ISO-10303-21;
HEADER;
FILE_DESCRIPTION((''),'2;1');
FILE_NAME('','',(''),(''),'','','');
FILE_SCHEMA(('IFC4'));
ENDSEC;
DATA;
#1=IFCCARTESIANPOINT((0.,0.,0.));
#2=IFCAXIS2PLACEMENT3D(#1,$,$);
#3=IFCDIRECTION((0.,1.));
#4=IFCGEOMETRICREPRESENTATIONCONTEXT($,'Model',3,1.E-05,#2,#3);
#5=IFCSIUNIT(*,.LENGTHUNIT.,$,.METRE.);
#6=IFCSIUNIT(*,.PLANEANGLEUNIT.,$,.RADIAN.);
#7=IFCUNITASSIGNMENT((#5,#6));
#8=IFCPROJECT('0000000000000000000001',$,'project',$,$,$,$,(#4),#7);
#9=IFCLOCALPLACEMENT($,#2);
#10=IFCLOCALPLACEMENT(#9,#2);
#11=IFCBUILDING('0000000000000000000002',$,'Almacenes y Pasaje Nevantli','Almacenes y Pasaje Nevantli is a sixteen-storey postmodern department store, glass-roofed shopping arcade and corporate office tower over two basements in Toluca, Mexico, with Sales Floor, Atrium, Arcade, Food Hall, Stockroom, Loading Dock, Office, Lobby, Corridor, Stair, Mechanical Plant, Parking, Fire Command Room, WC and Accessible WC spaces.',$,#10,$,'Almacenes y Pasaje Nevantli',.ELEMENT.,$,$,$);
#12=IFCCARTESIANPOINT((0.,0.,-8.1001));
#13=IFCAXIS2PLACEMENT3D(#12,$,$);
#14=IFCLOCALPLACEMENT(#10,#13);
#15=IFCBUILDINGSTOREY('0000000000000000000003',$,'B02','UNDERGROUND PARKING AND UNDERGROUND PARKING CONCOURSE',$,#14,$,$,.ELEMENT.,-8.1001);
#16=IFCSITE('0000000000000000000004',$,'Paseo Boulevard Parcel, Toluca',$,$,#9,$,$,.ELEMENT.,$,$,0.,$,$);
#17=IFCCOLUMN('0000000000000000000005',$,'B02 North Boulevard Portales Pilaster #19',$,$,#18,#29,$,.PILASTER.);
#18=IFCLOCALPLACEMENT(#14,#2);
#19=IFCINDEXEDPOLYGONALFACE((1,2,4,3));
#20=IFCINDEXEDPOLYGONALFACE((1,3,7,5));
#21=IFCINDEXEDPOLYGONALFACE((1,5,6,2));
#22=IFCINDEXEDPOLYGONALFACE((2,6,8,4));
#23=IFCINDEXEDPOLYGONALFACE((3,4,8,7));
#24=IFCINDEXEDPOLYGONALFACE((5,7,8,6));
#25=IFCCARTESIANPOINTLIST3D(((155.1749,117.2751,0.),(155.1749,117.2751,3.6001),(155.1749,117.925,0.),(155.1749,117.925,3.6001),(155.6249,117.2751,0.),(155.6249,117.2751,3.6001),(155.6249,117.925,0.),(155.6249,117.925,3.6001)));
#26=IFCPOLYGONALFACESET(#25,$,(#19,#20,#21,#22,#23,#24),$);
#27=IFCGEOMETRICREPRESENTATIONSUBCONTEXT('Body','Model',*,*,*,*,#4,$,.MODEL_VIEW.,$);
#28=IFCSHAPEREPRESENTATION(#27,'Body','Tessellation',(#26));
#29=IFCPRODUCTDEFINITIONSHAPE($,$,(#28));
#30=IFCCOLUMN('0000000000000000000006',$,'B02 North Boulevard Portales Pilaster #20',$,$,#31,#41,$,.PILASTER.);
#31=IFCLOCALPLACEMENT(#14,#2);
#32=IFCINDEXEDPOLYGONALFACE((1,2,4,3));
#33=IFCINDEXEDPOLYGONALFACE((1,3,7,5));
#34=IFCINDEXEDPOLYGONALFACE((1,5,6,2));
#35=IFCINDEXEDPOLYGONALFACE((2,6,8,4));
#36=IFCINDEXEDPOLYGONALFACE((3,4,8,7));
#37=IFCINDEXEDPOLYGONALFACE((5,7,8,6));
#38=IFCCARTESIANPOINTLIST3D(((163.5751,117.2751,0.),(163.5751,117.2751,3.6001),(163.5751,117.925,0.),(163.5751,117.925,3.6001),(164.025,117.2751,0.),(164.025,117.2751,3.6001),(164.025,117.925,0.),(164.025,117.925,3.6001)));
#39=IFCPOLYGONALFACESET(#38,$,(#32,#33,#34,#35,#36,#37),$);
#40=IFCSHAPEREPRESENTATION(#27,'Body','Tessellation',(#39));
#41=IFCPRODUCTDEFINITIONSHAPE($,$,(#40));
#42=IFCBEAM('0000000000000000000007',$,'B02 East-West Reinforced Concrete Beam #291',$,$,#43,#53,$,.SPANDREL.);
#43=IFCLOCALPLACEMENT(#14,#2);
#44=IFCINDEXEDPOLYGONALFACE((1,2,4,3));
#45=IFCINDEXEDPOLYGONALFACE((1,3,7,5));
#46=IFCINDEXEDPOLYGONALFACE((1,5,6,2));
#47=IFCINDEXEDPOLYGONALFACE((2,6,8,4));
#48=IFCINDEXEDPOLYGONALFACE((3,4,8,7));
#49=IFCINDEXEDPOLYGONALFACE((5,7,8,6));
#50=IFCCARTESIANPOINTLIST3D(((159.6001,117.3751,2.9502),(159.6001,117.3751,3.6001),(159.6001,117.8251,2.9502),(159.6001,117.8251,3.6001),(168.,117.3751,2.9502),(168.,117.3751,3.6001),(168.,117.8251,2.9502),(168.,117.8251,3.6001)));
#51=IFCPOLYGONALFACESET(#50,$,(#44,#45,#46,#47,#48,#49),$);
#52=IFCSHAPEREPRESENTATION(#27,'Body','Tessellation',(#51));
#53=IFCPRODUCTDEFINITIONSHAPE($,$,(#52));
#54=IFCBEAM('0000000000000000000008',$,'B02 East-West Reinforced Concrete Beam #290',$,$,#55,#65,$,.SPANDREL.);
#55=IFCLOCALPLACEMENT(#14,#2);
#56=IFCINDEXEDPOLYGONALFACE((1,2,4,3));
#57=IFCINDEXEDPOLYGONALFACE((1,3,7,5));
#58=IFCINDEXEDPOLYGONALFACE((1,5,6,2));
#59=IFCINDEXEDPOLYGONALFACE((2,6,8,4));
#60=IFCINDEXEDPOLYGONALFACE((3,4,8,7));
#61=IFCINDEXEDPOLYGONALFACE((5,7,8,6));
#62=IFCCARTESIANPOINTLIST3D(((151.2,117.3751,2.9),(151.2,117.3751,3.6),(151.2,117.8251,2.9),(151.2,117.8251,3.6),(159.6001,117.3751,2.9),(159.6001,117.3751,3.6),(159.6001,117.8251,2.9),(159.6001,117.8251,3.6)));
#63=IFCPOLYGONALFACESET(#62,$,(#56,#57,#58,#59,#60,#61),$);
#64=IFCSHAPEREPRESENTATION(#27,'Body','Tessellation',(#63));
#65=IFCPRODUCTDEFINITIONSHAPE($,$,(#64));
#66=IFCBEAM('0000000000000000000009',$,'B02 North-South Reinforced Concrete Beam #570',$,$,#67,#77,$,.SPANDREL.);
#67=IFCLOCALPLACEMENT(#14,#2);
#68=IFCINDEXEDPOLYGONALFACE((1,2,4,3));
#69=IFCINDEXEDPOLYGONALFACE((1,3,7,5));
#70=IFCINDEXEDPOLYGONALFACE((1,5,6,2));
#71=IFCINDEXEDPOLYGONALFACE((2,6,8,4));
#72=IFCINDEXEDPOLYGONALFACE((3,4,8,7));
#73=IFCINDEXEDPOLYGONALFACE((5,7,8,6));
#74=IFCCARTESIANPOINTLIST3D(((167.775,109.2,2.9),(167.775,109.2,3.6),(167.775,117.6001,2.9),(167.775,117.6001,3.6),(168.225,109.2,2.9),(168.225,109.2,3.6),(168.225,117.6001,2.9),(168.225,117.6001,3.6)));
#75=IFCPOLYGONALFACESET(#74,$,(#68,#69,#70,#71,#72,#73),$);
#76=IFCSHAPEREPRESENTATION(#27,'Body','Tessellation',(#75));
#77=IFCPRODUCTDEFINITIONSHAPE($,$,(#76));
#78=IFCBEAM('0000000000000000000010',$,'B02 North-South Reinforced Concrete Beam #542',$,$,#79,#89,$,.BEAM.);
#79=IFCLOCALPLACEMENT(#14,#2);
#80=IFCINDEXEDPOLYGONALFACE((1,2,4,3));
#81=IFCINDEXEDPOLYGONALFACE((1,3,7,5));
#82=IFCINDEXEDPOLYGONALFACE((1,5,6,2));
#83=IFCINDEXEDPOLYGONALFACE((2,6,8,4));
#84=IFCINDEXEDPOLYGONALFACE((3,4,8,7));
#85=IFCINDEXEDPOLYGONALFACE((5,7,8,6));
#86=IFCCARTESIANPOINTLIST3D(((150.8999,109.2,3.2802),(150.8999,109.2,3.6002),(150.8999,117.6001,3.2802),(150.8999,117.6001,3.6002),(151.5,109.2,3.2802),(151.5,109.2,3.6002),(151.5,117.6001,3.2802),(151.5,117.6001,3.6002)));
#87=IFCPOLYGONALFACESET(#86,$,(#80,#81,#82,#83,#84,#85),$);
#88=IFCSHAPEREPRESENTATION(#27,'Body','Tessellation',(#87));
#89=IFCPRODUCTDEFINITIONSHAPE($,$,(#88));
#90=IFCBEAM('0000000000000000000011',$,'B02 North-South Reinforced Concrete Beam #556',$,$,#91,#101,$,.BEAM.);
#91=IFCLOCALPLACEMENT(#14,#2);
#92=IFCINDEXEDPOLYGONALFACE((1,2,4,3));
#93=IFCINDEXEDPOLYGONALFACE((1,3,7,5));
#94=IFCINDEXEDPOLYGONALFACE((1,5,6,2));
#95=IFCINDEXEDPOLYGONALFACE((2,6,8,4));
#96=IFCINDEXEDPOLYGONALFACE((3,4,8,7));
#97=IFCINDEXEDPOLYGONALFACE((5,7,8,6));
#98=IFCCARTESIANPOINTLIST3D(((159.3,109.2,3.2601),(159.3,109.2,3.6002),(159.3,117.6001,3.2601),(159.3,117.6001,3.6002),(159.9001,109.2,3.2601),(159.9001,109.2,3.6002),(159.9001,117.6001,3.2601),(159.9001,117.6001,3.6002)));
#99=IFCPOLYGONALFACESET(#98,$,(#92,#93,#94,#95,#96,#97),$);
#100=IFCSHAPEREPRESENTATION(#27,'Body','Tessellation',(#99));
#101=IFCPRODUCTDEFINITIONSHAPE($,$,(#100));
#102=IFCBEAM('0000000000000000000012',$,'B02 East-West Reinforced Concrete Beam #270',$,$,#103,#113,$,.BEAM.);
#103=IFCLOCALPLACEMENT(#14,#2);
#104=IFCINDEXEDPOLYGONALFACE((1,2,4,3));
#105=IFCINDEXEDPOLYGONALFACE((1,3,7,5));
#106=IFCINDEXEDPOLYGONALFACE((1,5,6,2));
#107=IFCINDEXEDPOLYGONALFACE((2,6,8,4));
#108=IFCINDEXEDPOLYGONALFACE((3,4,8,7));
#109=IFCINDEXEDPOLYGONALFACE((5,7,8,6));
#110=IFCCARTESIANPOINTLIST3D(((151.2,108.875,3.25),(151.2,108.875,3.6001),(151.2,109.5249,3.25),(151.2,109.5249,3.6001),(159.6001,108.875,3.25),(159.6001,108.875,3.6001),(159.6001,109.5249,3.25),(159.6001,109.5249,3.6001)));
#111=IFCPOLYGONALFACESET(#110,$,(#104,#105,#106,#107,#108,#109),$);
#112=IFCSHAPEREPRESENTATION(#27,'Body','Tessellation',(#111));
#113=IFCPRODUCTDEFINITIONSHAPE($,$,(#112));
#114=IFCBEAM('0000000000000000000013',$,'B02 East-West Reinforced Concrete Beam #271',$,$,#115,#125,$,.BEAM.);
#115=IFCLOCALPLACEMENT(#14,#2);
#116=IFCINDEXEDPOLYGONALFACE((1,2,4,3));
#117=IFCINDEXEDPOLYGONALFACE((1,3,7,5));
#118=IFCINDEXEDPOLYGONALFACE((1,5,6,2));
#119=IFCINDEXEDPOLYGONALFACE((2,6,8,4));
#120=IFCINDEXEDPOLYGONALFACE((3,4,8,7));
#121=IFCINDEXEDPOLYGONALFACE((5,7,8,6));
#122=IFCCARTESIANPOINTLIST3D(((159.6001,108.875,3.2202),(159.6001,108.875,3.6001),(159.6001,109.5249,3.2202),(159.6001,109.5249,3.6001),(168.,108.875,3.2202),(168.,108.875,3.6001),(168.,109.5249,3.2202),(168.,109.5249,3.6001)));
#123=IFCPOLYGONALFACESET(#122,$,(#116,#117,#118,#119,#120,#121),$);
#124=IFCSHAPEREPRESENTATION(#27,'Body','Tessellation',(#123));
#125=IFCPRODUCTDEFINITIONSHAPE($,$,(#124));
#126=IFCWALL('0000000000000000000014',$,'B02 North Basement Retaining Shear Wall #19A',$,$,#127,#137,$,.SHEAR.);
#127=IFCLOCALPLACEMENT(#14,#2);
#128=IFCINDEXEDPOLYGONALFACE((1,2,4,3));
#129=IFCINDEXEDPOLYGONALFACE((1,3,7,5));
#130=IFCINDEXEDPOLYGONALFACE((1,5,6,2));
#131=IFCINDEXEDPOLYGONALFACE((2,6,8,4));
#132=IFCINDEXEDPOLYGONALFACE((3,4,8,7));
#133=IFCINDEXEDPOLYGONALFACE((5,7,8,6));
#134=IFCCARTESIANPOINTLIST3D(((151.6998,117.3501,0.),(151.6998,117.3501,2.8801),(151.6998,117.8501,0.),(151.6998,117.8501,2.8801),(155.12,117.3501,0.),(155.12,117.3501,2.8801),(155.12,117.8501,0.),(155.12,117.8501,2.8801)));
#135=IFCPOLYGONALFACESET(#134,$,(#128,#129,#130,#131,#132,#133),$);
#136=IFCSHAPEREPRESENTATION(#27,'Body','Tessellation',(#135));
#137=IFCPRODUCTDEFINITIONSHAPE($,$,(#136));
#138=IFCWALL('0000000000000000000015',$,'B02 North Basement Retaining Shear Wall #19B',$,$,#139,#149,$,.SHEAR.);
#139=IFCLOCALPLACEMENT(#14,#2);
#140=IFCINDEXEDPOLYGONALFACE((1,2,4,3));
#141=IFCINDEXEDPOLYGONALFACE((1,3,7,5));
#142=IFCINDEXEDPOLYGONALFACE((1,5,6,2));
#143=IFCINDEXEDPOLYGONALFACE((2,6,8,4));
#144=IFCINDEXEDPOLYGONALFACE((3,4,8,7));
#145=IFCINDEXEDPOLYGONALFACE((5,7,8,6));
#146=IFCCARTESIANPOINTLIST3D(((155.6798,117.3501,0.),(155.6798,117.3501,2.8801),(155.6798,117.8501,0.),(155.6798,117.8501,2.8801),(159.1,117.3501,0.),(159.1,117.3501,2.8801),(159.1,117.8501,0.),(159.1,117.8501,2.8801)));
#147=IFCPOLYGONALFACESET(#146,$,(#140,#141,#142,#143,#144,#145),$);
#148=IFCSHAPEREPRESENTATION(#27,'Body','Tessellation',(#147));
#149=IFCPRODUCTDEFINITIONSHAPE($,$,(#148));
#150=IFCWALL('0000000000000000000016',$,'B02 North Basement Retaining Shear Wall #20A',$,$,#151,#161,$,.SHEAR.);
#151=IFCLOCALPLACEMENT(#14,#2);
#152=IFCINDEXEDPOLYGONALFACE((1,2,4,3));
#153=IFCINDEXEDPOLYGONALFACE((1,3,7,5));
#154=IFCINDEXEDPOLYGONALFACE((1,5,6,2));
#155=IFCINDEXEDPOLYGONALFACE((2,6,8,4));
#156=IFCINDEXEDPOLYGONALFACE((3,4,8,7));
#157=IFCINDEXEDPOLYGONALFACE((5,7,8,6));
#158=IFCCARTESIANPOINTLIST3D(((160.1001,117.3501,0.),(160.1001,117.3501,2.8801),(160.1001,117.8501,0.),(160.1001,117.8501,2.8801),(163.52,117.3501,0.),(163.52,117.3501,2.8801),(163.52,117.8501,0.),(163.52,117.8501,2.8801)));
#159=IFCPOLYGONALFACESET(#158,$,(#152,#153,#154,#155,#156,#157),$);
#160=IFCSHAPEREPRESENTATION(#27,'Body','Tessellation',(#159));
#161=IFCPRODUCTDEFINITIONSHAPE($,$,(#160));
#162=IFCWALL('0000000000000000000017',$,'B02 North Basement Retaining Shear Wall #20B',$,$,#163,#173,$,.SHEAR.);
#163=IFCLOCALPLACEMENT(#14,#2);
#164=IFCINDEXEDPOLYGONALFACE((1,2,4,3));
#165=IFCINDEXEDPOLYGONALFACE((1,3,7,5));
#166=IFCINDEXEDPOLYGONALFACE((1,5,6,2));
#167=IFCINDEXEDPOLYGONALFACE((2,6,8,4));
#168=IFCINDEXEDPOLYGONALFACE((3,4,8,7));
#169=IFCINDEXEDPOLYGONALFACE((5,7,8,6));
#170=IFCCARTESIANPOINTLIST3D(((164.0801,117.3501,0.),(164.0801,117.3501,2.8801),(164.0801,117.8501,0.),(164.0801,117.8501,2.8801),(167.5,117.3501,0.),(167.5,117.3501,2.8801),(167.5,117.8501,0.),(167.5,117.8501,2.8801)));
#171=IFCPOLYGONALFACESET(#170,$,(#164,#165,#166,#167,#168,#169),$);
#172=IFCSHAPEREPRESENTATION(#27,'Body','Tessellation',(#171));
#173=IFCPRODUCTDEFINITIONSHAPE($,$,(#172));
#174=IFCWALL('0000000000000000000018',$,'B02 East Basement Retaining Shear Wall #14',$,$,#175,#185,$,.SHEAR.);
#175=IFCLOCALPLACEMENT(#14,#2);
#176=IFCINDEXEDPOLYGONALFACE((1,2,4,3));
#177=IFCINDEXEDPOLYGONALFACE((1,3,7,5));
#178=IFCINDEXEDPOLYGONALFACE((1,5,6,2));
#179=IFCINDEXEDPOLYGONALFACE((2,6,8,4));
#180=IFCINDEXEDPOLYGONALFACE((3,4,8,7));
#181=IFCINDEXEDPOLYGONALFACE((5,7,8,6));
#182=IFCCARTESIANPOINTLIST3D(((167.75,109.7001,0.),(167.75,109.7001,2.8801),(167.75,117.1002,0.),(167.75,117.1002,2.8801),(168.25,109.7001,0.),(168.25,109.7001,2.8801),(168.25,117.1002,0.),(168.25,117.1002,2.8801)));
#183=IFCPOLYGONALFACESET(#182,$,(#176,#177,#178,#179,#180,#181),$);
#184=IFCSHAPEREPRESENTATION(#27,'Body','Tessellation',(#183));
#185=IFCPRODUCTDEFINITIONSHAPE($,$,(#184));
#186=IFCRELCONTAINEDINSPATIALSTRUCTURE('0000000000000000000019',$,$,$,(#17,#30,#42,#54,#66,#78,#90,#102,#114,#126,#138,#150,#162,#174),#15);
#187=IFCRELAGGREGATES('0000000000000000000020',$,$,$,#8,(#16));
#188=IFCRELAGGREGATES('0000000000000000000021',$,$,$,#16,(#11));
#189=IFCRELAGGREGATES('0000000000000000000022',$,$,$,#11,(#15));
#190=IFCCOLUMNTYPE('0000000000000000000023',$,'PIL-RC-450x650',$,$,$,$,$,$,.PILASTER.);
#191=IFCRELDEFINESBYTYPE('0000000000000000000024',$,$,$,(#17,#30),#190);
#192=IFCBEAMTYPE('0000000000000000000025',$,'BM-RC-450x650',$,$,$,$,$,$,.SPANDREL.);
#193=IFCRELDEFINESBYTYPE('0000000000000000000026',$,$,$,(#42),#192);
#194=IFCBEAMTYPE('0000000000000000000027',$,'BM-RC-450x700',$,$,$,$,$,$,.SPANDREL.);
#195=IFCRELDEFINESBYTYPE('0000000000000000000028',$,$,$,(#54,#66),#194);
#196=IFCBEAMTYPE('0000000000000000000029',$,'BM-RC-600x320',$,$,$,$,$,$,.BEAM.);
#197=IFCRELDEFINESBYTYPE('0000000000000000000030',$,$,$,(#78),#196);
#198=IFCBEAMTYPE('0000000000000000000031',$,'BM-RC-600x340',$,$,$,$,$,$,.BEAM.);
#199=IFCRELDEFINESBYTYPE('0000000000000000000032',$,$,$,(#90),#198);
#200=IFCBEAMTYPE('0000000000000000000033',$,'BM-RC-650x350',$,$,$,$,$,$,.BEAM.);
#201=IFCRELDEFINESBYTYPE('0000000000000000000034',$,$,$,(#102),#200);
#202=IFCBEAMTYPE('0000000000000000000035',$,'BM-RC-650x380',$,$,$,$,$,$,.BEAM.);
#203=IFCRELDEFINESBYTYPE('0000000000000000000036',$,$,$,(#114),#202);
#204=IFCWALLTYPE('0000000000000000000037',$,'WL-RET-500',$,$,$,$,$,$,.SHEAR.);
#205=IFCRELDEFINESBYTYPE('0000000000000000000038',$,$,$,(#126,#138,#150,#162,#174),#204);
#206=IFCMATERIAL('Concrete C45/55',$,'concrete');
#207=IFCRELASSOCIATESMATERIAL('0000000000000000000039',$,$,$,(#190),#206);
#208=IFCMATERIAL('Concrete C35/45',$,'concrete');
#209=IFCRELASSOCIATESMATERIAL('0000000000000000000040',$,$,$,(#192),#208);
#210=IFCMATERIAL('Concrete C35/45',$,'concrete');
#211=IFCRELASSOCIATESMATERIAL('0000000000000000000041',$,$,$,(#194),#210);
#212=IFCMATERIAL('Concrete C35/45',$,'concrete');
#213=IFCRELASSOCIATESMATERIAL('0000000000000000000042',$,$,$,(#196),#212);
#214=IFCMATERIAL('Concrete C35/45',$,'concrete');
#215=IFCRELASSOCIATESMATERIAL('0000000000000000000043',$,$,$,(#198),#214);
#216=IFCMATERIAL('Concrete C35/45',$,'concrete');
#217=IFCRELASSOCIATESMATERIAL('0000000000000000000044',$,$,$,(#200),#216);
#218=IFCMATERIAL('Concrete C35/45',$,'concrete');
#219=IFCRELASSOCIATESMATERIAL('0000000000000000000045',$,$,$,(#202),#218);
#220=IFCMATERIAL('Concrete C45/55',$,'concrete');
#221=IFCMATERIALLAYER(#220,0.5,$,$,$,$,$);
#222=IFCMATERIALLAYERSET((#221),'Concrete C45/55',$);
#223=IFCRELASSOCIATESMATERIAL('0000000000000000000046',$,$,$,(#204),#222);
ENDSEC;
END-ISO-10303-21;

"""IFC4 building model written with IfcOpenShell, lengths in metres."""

from ifc_helpers import new_model, si_unit, direction, frame, frame_2d, origin, origin_2d, place, context, subcontext, project, spatial, rectangle, extrude, material, layer, layer_set, material_profile, profile_set, type_object, element, save


model = new_model("IFC4")

# Units and contexts
model_context = context("Model", 3, precision=1e-05, world=origin(), true_north=direction((0.0, 1.0)))
body_context = subcontext(model_context, "Body", "Model", "MODEL_VIEW")
ifc_project = project(units=[si_unit("LENGTHUNIT", "METRE"), si_unit("PLANEANGLEUNIT", "RADIAN")], contexts=[model_context])

# Site, building, storey
site_placement = place(None, origin())
site = spatial("IfcSite", under=ifc_project, at=site_placement, Name="Paseo Boulevard Parcel, Toluca", CompositionType="ELEMENT", RefElevation=0.0)
building_placement = place(site_placement, origin())
building = spatial("IfcBuilding", under=site, at=building_placement, Name="Almacenes y Pasaje Nevantli", Description="Almacenes y Pasaje Nevantli is a sixteen-storey postmodern department store, glass-roofed shopping arcade and corporate office tower over two basements in Toluca, Mexico, with Sales Floor, Atrium, Arcade, Food Hall, Stockroom, Loading Dock, Office, Lobby, Corridor, Stair, Mechanical Plant, Parking, Fire Command Room, WC and Accessible WC spaces.", LongName="Almacenes y Pasaje Nevantli", CompositionType="ELEMENT")
storey_placement = place(building_placement, frame((0.0, 0.0, -8.1001)))
storey = spatial("IfcBuildingStorey", under=building, at=storey_placement, Name="B02", Description="UNDERGROUND PARKING AND UNDERGROUND PARKING CONCOURSE", CompositionType="ELEMENT", Elevation=-8.1001)

# Columns
ifc_material_1 = material(Name="Concrete C45/55", Category="concrete")
ifc_material_profile_1 = material_profile(ifc_material_1, rectangle(XDim=0.45, YDim=0.6499, at=origin_2d()), Name="RC-PIL-450x650")
ifc_profile_set_1 = profile_set([ifc_material_profile_1], Name="Concrete C45/55")
column_type_1 = type_object("IfcColumnType", Name="PIL-RC-450x650", PredefinedType="PILASTER", material=ifc_profile_set_1)
for number, where, z_axis, x_axis, name in (
    (1, (155.3999, 117.6001, 0.0), (0.0, 0.0, 1.0), (1.0, 0.0, 0.0), "B02 North Boulevard Portales Pilaster #19"),
    (2, (163.8, 117.6001, 0.0), (0.0, 0.0, 1.0), (1.0, 0.0, 0.0), "B02 North Boulevard Portales Pilaster #20"),
):
    element("IfcColumn", number, at=place(storey_placement, frame(where, z_axis=z_axis, x_axis=x_axis)), inside=storey, type_object=column_type_1, Name=name, PredefinedType="PILASTER", context=body_context, shape_type="SweptSolid", body=[
        extrude(rectangle(XDim=0.45, YDim=0.6499, at=origin_2d()), origin(), (0.0, 0.0, 1.0), 3.6001),
    ])

# Beams
ifc_material_2 = material(Name="Concrete C35/45", Category="concrete")
ifc_material_profile_2 = material_profile(ifc_material_2, rectangle(XDim=0.45, YDim=0.6499, at=origin_2d()), Name="RC-BM-450x650")
ifc_profile_set_2 = profile_set([ifc_material_profile_2], Name="Concrete C35/45")
beam_type_1 = type_object("IfcBeamType", Name="BM-RC-450x650", PredefinedType="SPANDREL", material=ifc_profile_set_2)
beam_1_placement = place(storey_placement, frame((159.6001, 117.6001, 3.2751), z_axis=(1.0, 0.0, 0.0), x_axis=(0.0, 1.0, 0.0)))
element("IfcBeam", 3, at=beam_1_placement, inside=storey, type_object=beam_type_1, Name="B02 East-West Reinforced Concrete Beam #291", PredefinedType="SPANDREL", context=body_context, shape_type="SweptSolid", body=[
    extrude(rectangle(XDim=0.45, YDim=0.6499, at=origin_2d()), origin(), (0.0, 0.0, 1.0), 8.3999),
])
ifc_material_3 = material(Name="Concrete C35/45", Category="concrete")
ifc_material_profile_3 = material_profile(ifc_material_3, rectangle(XDim=0.45, YDim=0.7, at=origin_2d()), Name="RC-BM-450x700")
ifc_profile_set_3 = profile_set([ifc_material_profile_3], Name="Concrete C35/45")
beam_type_2 = type_object("IfcBeamType", Name="BM-RC-450x700", PredefinedType="SPANDREL", material=ifc_profile_set_3)
for number, where, z_axis, x_axis, name in (
    (4, (151.2, 117.6001, 3.25), (1.0, 0.0, 0.0), (0.0, 1.0, 0.0), "B02 East-West Reinforced Concrete Beam #290"),
    (5, (168.0, 109.2, 3.25), (0.0, 1.0, 0.0), (-1.0, 0.0, 0.0), "B02 North-South Reinforced Concrete Beam #570"),
):
    element("IfcBeam", number, at=place(storey_placement, frame(where, z_axis=z_axis, x_axis=x_axis)), inside=storey, type_object=beam_type_2, Name=name, PredefinedType="SPANDREL", context=body_context, shape_type="SweptSolid", body=[
        extrude(rectangle(XDim=0.45, YDim=0.7, at=origin_2d()), origin(), (0.0, 0.0, 1.0), 8.4001),
    ])
ifc_material_4 = material(Name="Concrete C35/45", Category="concrete")
ifc_material_profile_4 = material_profile(ifc_material_4, rectangle(XDim=0.6001, YDim=0.3201, at=origin_2d()), Name="RC-BM-600x320")
ifc_profile_set_4 = profile_set([ifc_material_profile_4], Name="Concrete C35/45")
beam_type_3 = type_object("IfcBeamType", Name="BM-RC-600x320", PredefinedType="BEAM", material=ifc_profile_set_4)
beam_2_placement = place(storey_placement, frame((151.2, 109.2, 3.4402), z_axis=(0.0, 1.0, 0.0), x_axis=(-1.0, 0.0, 0.0)))
element("IfcBeam", 6, at=beam_2_placement, inside=storey, type_object=beam_type_3, Name="B02 North-South Reinforced Concrete Beam #542", PredefinedType="BEAM", context=body_context, shape_type="SweptSolid", body=[
    extrude(rectangle(XDim=0.6001, YDim=0.3201, at=origin_2d()), origin(), (0.0, 0.0, 1.0), 8.4001),
])
ifc_material_5 = material(Name="Concrete C35/45", Category="concrete")
ifc_material_profile_5 = material_profile(ifc_material_5, rectangle(XDim=0.6001, YDim=0.3401, at=origin_2d()), Name="RC-BM-600x340")
ifc_profile_set_5 = profile_set([ifc_material_profile_5], Name="Concrete C35/45")
beam_type_4 = type_object("IfcBeamType", Name="BM-RC-600x340", PredefinedType="BEAM", material=ifc_profile_set_5)
beam_3_placement = place(storey_placement, frame((159.6001, 109.2, 3.4302), z_axis=(0.0, 1.0, 0.0), x_axis=(-1.0, 0.0, 0.0)))
element("IfcBeam", 7, at=beam_3_placement, inside=storey, type_object=beam_type_4, Name="B02 North-South Reinforced Concrete Beam #556", PredefinedType="BEAM", context=body_context, shape_type="SweptSolid", body=[
    extrude(rectangle(XDim=0.6001, YDim=0.3401, at=origin_2d()), origin(), (0.0, 0.0, 1.0), 8.4001),
])
ifc_material_6 = material(Name="Concrete C35/45", Category="concrete")
ifc_material_profile_6 = material_profile(ifc_material_6, rectangle(XDim=0.6499, YDim=0.3501, at=origin_2d()), Name="RC-BM-650x350")
ifc_profile_set_6 = profile_set([ifc_material_profile_6], Name="Concrete C35/45")
beam_type_5 = type_object("IfcBeamType", Name="BM-RC-650x350", PredefinedType="BEAM", material=ifc_profile_set_6)
beam_4_placement = place(storey_placement, frame((151.2, 109.2, 3.425), z_axis=(1.0, 0.0, 0.0), x_axis=(0.0, 1.0, 0.0)))
element("IfcBeam", 8, at=beam_4_placement, inside=storey, type_object=beam_type_5, Name="B02 East-West Reinforced Concrete Beam #270", PredefinedType="BEAM", context=body_context, shape_type="SweptSolid", body=[
    extrude(rectangle(XDim=0.6499, YDim=0.3501, at=origin_2d()), origin(), (0.0, 0.0, 1.0), 8.4001),
])
ifc_material_7 = material(Name="Concrete C35/45", Category="concrete")
ifc_material_profile_7 = material_profile(ifc_material_7, rectangle(XDim=0.6499, YDim=0.3799, at=origin_2d()), Name="RC-BM-650x380")
ifc_profile_set_7 = profile_set([ifc_material_profile_7], Name="Concrete C35/45")
beam_type_6 = type_object("IfcBeamType", Name="BM-RC-650x380", PredefinedType="BEAM", material=ifc_profile_set_7)
beam_5_placement = place(storey_placement, frame((159.6001, 109.2, 3.4102), z_axis=(1.0, 0.0, 0.0), x_axis=(0.0, 1.0, 0.0)))
element("IfcBeam", 9, at=beam_5_placement, inside=storey, type_object=beam_type_6, Name="B02 East-West Reinforced Concrete Beam #271", PredefinedType="BEAM", context=body_context, shape_type="SweptSolid", body=[
    extrude(rectangle(XDim=0.6499, YDim=0.3799, at=origin_2d()), origin(), (0.0, 0.0, 1.0), 8.3999),
])

# Walls
ifc_material_8 = material(Name="Concrete C45/55", Category="concrete")
ifc_layer_1 = layer(ifc_material_8, 0.5)
ifc_layer_set_1 = layer_set([ifc_layer_1], Name="Concrete C45/55")
wall_type = type_object("IfcWallType", Name="WL-RET-500", PredefinedType="SHEAR", material=ifc_layer_set_1)
for number, where, z_axis, x_axis, name in (
    (10, (151.7, 117.6001, 0.0), (0.0, 0.0, 1.0), (1.0, 0.0, 0.0), "B02 North Basement Retaining Shear Wall #19A"),
    (11, (155.6799, 117.6001, 0.0), (0.0, 0.0, 1.0), (1.0, 0.0, 0.0), "B02 North Basement Retaining Shear Wall #19B"),
):
    element("IfcWall", number, at=place(storey_placement, frame(where, z_axis=z_axis, x_axis=x_axis)), inside=storey, type_object=wall_type, Name=name, PredefinedType="SHEAR", context=body_context, shape_type="SweptSolid", body=[
        extrude(rectangle(XDim=3.4202, YDim=0.5, at=frame_2d((1.71, 0.0))), origin(), (0.0, 0.0, 1.0), 2.8801),
    ])
for number, where, z_axis, x_axis, name in (
    (12, (160.1001, 117.6001, 0.0), (0.0, 0.0, 1.0), (1.0, 0.0, 0.0), "B02 North Basement Retaining Shear Wall #20A"),
    (13, (164.0801, 117.6001, 0.0), (0.0, 0.0, 1.0), (1.0, 0.0, 0.0), "B02 North Basement Retaining Shear Wall #20B"),
):
    element("IfcWall", number, at=place(storey_placement, frame(where, z_axis=z_axis, x_axis=x_axis)), inside=storey, type_object=wall_type, Name=name, PredefinedType="SHEAR", context=body_context, shape_type="SweptSolid", body=[
        extrude(rectangle(XDim=3.4199, YDim=0.5, at=frame_2d((1.71, 0.0))), origin(), (0.0, 0.0, 1.0), 2.8801),
    ])
wall_placement = place(storey_placement, frame((168.0, 109.7, 0.0), z_axis=(0.0, 0.0, 1.0), x_axis=(0.0, 1.0, 0.0)))
element("IfcWall", 14, at=wall_placement, inside=storey, type_object=wall_type, Name="B02 East Basement Retaining Shear Wall #14", PredefinedType="SHEAR", context=body_context, shape_type="SweptSolid", body=[
    extrude(rectangle(XDim=7.4001, YDim=0.5, at=frame_2d((3.7002, 0.0))), origin(), (0.0, 0.0, 1.0), 2.8801),
])

save(model, "model.ifc")
